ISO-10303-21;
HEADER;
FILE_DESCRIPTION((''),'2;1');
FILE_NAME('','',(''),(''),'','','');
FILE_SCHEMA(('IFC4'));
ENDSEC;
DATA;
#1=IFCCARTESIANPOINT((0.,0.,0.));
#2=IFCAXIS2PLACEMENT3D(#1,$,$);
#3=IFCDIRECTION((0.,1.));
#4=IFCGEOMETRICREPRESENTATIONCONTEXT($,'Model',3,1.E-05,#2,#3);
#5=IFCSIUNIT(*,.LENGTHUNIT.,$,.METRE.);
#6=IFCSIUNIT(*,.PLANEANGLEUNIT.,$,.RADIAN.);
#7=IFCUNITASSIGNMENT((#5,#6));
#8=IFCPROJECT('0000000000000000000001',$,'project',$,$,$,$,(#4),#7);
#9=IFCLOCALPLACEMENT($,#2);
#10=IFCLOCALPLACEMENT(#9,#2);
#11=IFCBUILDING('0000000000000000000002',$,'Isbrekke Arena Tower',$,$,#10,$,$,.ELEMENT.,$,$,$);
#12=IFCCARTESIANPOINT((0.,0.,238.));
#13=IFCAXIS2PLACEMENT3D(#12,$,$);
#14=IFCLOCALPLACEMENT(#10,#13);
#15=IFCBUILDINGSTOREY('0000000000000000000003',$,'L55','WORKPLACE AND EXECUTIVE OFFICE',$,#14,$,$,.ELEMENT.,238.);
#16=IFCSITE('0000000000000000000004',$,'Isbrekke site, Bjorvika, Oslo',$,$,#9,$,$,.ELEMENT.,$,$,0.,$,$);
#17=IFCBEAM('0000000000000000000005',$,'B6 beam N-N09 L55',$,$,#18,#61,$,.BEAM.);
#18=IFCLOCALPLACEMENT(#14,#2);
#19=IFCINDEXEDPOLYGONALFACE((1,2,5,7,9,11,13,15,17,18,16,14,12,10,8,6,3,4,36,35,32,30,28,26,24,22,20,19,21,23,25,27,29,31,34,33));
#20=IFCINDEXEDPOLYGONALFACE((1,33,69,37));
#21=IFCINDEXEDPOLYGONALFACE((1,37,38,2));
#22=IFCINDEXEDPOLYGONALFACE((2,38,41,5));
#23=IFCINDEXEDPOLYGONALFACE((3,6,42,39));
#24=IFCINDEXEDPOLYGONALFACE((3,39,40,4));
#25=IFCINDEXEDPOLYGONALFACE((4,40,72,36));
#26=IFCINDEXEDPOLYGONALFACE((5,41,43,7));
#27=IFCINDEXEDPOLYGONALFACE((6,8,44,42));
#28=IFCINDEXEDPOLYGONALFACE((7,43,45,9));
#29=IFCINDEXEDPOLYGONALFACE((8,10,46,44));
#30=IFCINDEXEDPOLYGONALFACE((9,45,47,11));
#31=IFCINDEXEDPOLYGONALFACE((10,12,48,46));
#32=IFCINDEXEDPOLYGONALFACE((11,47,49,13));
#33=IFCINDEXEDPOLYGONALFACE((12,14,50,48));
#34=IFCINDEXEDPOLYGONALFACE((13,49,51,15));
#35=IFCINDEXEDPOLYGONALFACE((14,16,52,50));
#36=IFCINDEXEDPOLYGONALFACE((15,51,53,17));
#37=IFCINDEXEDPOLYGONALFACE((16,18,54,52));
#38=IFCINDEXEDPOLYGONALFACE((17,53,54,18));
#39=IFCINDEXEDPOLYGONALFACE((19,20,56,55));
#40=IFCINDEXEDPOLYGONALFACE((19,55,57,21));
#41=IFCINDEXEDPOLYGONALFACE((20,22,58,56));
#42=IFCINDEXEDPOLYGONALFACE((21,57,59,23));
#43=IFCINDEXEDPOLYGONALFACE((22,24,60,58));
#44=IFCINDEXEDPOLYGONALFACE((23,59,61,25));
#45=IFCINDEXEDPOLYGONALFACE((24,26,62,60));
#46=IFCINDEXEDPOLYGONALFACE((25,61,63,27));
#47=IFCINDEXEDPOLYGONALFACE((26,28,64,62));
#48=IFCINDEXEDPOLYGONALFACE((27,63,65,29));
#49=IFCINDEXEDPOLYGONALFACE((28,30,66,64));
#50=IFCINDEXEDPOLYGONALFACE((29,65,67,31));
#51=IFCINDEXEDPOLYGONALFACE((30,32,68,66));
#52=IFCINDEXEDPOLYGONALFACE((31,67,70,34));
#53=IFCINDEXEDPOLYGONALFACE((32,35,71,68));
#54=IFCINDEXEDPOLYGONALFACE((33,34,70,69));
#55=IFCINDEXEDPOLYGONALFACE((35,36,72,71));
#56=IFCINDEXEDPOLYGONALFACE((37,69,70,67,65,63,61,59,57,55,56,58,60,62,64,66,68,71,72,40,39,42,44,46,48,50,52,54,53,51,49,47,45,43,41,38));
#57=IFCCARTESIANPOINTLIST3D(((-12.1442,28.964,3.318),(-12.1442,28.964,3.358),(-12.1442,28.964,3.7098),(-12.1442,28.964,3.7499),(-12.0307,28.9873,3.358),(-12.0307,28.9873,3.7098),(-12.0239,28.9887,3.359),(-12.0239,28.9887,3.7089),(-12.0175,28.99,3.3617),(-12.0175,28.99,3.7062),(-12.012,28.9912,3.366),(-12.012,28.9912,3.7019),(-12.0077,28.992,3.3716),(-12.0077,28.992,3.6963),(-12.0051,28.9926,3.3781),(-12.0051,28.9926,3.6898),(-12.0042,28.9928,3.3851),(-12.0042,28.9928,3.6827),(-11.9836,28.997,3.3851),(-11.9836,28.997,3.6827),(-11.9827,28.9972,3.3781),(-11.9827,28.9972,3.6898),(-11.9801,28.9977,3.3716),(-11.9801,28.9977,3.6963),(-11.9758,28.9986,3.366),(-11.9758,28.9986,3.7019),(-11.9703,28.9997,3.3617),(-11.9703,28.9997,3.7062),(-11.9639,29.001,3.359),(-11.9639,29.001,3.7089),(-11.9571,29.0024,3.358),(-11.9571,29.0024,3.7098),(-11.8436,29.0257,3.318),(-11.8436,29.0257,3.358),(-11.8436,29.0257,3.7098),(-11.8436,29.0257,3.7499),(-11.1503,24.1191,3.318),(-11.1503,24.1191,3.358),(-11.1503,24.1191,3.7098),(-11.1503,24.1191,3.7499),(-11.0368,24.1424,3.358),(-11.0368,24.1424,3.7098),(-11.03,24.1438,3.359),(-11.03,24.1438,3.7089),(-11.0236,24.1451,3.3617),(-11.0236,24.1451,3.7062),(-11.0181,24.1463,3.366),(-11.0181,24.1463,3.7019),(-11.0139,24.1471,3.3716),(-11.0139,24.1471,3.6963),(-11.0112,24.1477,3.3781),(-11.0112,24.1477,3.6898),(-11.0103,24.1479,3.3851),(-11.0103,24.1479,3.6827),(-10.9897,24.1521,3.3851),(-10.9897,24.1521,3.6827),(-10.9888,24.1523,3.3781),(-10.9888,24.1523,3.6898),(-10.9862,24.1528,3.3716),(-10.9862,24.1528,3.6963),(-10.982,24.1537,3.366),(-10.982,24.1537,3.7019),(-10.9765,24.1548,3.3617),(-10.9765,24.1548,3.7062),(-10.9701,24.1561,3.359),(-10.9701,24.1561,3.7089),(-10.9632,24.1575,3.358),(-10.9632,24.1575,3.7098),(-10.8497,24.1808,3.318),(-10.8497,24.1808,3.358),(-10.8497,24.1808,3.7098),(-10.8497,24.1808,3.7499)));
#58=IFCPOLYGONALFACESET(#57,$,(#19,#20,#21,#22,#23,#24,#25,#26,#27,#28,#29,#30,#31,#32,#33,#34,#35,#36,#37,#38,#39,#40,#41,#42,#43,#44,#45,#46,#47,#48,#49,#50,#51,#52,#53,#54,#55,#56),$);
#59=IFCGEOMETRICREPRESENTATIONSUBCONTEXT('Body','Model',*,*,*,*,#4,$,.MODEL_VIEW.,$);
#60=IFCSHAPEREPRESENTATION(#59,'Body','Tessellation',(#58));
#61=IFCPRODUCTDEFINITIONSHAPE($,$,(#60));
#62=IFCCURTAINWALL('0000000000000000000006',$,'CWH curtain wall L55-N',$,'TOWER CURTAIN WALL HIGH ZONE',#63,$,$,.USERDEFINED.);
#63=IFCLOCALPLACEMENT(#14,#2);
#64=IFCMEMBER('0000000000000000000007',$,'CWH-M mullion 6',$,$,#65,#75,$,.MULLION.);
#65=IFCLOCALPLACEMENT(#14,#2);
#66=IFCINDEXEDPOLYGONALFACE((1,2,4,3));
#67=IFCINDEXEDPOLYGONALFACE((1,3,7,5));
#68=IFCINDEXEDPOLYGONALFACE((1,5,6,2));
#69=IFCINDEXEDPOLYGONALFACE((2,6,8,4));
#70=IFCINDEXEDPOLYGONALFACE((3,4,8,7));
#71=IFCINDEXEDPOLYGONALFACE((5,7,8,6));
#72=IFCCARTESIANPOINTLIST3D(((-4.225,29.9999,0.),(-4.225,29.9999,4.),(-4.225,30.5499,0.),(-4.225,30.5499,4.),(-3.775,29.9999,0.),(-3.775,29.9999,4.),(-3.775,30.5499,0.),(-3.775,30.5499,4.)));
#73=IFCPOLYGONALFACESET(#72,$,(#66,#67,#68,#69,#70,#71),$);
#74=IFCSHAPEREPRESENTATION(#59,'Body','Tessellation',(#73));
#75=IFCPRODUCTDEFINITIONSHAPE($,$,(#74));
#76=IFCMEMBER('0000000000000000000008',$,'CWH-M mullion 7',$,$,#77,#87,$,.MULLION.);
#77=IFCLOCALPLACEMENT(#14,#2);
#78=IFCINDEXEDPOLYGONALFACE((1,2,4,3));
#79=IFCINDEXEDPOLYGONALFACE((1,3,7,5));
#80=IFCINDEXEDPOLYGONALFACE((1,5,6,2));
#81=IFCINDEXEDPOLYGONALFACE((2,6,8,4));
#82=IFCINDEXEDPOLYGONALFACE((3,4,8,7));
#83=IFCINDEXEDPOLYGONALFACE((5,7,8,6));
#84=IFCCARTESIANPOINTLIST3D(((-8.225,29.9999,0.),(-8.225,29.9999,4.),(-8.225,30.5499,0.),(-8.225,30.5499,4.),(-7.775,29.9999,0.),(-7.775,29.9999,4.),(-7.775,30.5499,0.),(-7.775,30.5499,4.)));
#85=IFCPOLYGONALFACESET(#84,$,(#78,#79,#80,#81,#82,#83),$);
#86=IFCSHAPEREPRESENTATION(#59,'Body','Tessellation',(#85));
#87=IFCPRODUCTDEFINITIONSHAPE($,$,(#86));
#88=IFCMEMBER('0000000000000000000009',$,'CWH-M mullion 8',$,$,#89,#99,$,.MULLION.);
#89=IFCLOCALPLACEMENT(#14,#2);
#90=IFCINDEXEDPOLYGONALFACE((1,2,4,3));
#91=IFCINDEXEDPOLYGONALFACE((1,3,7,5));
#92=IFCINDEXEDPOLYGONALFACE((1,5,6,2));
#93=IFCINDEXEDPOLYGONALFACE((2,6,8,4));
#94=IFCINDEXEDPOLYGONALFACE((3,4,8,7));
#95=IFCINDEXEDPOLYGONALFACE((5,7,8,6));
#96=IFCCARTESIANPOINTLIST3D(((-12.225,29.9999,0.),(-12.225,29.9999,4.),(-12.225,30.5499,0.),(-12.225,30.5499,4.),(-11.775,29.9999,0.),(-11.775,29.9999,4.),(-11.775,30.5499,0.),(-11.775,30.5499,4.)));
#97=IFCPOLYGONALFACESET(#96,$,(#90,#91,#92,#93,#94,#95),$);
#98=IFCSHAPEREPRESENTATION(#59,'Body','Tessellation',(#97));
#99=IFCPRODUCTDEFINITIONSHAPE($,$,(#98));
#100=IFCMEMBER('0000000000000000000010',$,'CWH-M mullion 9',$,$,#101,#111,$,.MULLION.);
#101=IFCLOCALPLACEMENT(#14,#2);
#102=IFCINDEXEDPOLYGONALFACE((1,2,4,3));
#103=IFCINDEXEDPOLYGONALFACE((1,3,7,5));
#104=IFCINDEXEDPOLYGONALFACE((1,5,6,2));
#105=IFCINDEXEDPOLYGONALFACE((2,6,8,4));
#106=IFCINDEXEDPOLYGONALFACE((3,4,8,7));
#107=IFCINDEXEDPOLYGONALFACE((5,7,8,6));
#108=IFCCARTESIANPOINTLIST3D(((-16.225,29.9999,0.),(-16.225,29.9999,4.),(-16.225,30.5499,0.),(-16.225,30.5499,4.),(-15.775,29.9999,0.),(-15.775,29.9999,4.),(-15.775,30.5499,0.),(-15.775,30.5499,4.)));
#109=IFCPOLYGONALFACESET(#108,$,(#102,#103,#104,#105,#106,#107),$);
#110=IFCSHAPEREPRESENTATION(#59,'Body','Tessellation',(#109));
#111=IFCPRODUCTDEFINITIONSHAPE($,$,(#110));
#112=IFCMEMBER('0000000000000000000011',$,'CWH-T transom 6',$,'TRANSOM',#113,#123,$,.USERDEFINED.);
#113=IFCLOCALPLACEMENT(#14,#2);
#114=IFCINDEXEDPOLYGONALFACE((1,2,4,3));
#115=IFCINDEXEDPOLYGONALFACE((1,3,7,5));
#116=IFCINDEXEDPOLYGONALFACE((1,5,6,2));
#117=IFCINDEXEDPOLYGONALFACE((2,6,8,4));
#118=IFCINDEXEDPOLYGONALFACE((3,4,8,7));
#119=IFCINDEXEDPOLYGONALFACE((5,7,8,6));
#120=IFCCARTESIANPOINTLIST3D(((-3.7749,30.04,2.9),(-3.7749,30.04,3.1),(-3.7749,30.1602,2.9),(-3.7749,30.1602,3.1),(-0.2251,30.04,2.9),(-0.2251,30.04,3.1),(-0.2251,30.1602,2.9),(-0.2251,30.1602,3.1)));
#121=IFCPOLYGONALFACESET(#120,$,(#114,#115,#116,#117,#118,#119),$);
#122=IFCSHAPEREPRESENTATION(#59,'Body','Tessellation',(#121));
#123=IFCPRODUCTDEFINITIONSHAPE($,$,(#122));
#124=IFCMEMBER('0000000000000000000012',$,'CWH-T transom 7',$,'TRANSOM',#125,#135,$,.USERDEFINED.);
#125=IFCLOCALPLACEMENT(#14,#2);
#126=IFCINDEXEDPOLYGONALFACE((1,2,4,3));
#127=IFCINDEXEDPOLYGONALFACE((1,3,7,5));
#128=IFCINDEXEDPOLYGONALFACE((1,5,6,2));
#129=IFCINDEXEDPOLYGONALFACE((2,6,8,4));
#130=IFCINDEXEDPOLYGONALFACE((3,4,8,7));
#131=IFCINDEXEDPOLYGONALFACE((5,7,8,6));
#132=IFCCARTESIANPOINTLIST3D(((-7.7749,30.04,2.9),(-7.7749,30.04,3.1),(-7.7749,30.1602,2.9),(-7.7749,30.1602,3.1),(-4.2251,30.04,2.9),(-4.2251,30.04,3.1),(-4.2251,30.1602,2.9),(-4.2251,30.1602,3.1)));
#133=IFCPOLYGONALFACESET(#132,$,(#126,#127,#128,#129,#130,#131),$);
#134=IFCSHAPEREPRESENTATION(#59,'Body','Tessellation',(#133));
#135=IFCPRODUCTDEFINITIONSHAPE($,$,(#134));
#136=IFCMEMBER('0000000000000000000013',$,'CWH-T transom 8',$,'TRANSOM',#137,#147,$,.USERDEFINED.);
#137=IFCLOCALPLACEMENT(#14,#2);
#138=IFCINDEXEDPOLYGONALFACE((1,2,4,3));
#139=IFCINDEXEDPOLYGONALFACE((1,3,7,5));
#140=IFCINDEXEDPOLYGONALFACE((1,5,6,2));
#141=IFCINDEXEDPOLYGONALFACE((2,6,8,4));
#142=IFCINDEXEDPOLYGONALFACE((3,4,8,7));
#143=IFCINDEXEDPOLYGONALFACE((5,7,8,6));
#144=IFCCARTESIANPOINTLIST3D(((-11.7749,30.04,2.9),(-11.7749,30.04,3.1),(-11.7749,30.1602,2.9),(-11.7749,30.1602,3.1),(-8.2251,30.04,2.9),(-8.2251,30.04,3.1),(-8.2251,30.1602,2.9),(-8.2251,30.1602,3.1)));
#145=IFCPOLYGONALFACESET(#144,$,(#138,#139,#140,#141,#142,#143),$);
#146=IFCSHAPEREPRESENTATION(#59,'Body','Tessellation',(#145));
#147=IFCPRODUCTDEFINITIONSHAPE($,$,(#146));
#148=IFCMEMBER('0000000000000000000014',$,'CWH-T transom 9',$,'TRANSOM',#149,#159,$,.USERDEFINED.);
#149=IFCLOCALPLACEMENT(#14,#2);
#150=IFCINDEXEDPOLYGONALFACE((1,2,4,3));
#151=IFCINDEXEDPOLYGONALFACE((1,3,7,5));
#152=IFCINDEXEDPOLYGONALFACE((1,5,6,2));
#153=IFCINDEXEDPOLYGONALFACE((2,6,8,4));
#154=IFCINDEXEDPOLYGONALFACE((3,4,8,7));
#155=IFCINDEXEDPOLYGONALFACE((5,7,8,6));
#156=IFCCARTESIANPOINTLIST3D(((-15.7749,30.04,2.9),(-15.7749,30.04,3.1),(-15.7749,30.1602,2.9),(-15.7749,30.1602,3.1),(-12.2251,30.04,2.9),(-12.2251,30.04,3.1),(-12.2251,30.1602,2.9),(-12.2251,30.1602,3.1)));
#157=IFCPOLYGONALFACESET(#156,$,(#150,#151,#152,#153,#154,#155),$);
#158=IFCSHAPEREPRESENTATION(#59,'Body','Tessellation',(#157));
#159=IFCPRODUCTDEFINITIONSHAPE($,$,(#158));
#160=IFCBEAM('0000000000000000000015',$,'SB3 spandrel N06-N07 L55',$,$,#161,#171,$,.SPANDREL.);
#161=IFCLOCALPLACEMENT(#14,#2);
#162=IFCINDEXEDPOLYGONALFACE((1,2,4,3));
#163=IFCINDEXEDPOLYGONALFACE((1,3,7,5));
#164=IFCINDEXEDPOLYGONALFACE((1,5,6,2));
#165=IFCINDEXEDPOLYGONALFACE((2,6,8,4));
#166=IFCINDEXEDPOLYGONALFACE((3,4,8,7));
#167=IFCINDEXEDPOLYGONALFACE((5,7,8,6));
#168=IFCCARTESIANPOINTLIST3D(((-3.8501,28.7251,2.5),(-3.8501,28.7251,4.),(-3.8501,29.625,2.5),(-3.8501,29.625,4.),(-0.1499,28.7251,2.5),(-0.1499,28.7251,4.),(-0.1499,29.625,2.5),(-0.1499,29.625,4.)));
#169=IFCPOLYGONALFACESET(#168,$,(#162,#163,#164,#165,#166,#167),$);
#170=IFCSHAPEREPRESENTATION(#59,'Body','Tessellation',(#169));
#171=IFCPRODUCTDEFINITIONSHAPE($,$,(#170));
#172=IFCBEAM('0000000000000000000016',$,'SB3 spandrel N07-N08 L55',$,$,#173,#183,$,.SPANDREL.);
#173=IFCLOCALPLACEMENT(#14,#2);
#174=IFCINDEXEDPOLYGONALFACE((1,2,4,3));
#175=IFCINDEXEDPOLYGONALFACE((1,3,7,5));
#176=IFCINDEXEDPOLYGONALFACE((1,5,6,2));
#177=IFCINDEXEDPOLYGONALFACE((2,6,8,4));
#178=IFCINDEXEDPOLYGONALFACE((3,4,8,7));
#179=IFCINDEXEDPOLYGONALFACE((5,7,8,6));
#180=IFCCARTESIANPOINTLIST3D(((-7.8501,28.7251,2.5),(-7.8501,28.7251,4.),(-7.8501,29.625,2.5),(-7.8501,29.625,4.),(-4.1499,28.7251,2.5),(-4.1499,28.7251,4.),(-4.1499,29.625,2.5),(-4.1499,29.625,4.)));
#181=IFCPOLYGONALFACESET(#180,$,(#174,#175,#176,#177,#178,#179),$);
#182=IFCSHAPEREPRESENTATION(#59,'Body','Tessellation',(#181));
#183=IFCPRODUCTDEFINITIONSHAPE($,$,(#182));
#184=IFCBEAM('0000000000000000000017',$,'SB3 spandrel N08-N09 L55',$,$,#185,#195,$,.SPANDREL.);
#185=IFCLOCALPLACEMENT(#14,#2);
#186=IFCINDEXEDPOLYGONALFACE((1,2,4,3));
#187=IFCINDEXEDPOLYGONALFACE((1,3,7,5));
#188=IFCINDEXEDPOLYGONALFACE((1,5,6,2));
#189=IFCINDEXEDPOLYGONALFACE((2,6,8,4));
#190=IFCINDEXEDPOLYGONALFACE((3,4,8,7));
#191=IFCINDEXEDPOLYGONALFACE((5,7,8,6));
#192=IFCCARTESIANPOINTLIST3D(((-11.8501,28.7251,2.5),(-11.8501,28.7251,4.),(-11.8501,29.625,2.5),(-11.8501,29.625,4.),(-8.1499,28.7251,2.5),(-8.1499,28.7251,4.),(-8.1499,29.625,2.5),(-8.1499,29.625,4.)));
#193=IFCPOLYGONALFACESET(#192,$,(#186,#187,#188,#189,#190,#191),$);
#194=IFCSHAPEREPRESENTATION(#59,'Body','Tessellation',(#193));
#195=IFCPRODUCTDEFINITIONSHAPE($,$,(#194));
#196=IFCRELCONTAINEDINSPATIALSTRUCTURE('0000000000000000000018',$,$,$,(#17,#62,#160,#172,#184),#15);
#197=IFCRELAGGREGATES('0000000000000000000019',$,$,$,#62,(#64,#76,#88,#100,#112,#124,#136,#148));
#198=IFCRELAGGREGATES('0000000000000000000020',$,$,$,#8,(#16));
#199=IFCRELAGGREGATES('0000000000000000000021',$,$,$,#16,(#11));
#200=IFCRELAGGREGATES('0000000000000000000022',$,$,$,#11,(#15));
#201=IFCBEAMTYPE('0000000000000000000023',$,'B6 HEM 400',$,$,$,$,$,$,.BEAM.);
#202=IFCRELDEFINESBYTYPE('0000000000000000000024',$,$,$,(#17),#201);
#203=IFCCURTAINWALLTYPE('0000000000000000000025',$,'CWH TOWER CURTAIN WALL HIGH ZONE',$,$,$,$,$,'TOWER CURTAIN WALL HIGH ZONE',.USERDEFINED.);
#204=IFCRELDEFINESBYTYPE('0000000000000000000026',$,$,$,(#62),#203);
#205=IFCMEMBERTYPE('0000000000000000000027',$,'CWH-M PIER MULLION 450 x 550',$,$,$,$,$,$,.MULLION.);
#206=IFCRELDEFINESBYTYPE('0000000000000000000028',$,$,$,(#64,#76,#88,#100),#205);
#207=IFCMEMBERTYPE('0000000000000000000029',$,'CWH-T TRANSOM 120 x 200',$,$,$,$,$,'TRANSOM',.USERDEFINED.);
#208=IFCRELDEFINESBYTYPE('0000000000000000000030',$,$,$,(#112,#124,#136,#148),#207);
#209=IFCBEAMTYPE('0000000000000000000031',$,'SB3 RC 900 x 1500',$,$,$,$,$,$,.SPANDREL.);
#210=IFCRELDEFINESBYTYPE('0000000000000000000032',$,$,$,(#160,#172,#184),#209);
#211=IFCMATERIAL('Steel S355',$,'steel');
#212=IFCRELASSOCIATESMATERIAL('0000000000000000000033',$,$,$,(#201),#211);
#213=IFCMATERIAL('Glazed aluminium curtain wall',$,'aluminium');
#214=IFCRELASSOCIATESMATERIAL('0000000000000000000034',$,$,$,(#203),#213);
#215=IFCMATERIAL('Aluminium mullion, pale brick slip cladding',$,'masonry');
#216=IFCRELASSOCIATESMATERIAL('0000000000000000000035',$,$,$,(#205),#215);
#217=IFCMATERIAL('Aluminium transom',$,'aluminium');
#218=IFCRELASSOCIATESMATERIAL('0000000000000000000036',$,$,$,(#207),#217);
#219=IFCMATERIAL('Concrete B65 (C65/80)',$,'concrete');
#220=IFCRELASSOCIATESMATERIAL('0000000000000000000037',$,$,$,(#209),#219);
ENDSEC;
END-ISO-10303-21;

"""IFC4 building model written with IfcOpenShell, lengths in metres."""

from ifc_helpers import new_model, si_unit, direction, frame, origin, origin_2d, place, context, subcontext, project, spatial, rectangle, i_section, extrude, material, material_profile, profile_set, type_object, element, aggregate, save


model = new_model("IFC4")

# Units and contexts
model_context = context("Model", 3, precision=1e-05, world=origin(), true_north=direction((0.0, 1.0)))
body_context = subcontext(model_context, "Body", "Model", "MODEL_VIEW")
ifc_project = project(units=[si_unit("LENGTHUNIT", "METRE"), si_unit("PLANEANGLEUNIT", "RADIAN")], contexts=[model_context])

# Site, building, storey
site_placement = place(None, origin())
site = spatial("IfcSite", under=ifc_project, at=site_placement, Name="Isbrekke site, Bjorvika, Oslo", CompositionType="ELEMENT", RefElevation=0.0)
building_placement = place(site_placement, origin())
building = spatial("IfcBuilding", under=site, at=building_placement, Name="Isbrekke Arena Tower", CompositionType="ELEMENT")
storey_placement = place(building_placement, frame((0.0, 0.0, 238.0)))
storey = spatial("IfcBuildingStorey", under=building, at=storey_placement, Name="L55", Description="WORKPLACE AND EXECUTIVE OFFICE", CompositionType="ELEMENT", Elevation=238.0)

# Beam
ifc_material_1 = material(Name="Steel S355", Category="steel")
ifc_material_profile_1 = material_profile(ifc_material_1, i_section(OverallWidth=0.3069, OverallDepth=0.4319, WebThickness=0.021, FlangeThickness=0.04, FilletRadius=0.0271, at=origin_2d()), Name="HEM 400")
ifc_profile_set_1 = profile_set([ifc_material_profile_1], Name="Steel S355")
beam_type_1 = type_object("IfcBeamType", Name="B6 HEM 400", PredefinedType="BEAM", material=ifc_profile_set_1)
beam_1_placement = place(storey_placement, frame((-11.9939, 28.9949, 3.5339), z_axis=(0.200955, -0.9796, 0.0), x_axis=(0.9796, 0.200955, 0.0)))
element("IfcBeam", 1, at=beam_1_placement, inside=storey, type_object=beam_type_1, Name="B6 beam N-N09 L55", PredefinedType="BEAM", context=body_context, shape_type="SweptSolid", body=[
    extrude(i_section(OverallWidth=0.3069, OverallDepth=0.4319, WebThickness=0.021, FlangeThickness=0.04, FilletRadius=0.0271, at=origin_2d()), origin(), (0.0, 0.0, 1.0), 4.9458),
])

# Curtain wall, members
ifc_material_2 = material(Name="Glazed aluminium curtain wall", Category="aluminium")
curtain_wall_type = type_object("IfcCurtainWallType", Name="CWH TOWER CURTAIN WALL HIGH ZONE", ElementType="TOWER CURTAIN WALL HIGH ZONE", PredefinedType="USERDEFINED", material=ifc_material_2)
curtain_wall_placement = place(storey_placement, origin())
curtain_wall = element("IfcCurtainWall", 2, at=curtain_wall_placement, inside=storey, type_object=curtain_wall_type, Name="CWH curtain wall L55-N", ObjectType="TOWER CURTAIN WALL HIGH ZONE", PredefinedType="USERDEFINED")
ifc_material_3 = material(Name="Aluminium mullion, pale brick slip cladding", Category="masonry")
ifc_material_profile_2 = material_profile(ifc_material_3, rectangle(XDim=0.45, YDim=0.55, at=origin_2d()), Name="PIER 450X550")
ifc_profile_set_2 = profile_set([ifc_material_profile_2], Name="Aluminium mullion, pale brick slip cladding")
member_type_1 = type_object("IfcMemberType", Name="CWH-M PIER MULLION 450 x 550", PredefinedType="MULLION", material=ifc_profile_set_2)
member_1_placement = place(storey_placement, frame((-4.0, 30.2749, 0.0), z_axis=(0.0, 0.0, 1.0), x_axis=(-1.0, 0.0, 0.0)))
member_1 = element("IfcMember", 3, at=member_1_placement, type_object=member_type_1, Name="CWH-M mullion 6", PredefinedType="MULLION", context=body_context, shape_type="SweptSolid", body=[
    extrude(rectangle(XDim=0.45, YDim=0.55, at=origin_2d()), origin(), (0.0, 0.0, 1.0), 4.0),
])
member_2_placement = place(storey_placement, frame((-8.0, 30.2749, 0.0), z_axis=(0.0, 0.0, 1.0), x_axis=(-1.0, 0.0, 0.0)))
member_2 = element("IfcMember", 4, at=member_2_placement, type_object=member_type_1, Name="CWH-M mullion 7", PredefinedType="MULLION", context=body_context, shape_type="SweptSolid", body=[
    extrude(rectangle(XDim=0.45, YDim=0.55, at=origin_2d()), origin(), (0.0, 0.0, 1.0), 4.0),
])
member_3_placement = place(storey_placement, frame((-12.0, 30.2749, 0.0), z_axis=(0.0, 0.0, 1.0), x_axis=(-1.0, 0.0, 0.0)))
member_3 = element("IfcMember", 5, at=member_3_placement, type_object=member_type_1, Name="CWH-M mullion 8", PredefinedType="MULLION", context=body_context, shape_type="SweptSolid", body=[
    extrude(rectangle(XDim=0.45, YDim=0.55, at=origin_2d()), origin(), (0.0, 0.0, 1.0), 4.0),
])
member_4_placement = place(storey_placement, frame((-16.0, 30.2749, 0.0), z_axis=(0.0, 0.0, 1.0), x_axis=(-1.0, 0.0, 0.0)))
member_4 = element("IfcMember", 6, at=member_4_placement, type_object=member_type_1, Name="CWH-M mullion 9", PredefinedType="MULLION", context=body_context, shape_type="SweptSolid", body=[
    extrude(rectangle(XDim=0.45, YDim=0.55, at=origin_2d()), origin(), (0.0, 0.0, 1.0), 4.0),
])
ifc_material_4 = material(Name="Aluminium transom", Category="aluminium")
ifc_material_profile_3 = material_profile(ifc_material_4, rectangle(XDim=0.1201, YDim=0.2, at=origin_2d()), Name="TRANSOM 120X200")
ifc_profile_set_3 = profile_set([ifc_material_profile_3], Name="Aluminium transom")
member_type_2 = type_object("IfcMemberType", Name="CWH-T TRANSOM 120 x 200", ElementType="TRANSOM", PredefinedType="USERDEFINED", material=ifc_profile_set_3)
member_5_placement = place(storey_placement, frame((-0.2251, 30.1001, 3.0), z_axis=(-1.0, 0.0, 0.0), x_axis=(0.0, -1.0, 0.0)))
member_5 = element("IfcMember", 7, at=member_5_placement, type_object=member_type_2, Name="CWH-T transom 6", ObjectType="TRANSOM", PredefinedType="USERDEFINED", context=body_context, shape_type="SweptSolid", body=[
    extrude(rectangle(XDim=0.1201, YDim=0.2, at=origin_2d()), origin(), (0.0, 0.0, 1.0), 3.5498),
])
member_6_placement = place(storey_placement, frame((-4.2251, 30.1001, 3.0), z_axis=(-1.0, 0.0, 0.0), x_axis=(0.0, -1.0, 0.0)))
member_6 = element("IfcMember", 8, at=member_6_placement, type_object=member_type_2, Name="CWH-T transom 7", ObjectType="TRANSOM", PredefinedType="USERDEFINED", context=body_context, shape_type="SweptSolid", body=[
    extrude(rectangle(XDim=0.1201, YDim=0.2, at=origin_2d()), origin(), (0.0, 0.0, 1.0), 3.5498),
])
member_7_placement = place(storey_placement, frame((-8.2251, 30.1001, 3.0), z_axis=(-1.0, 0.0, 0.0), x_axis=(0.0, -1.0, 0.0)))
member_7 = element("IfcMember", 9, at=member_7_placement, type_object=member_type_2, Name="CWH-T transom 8", ObjectType="TRANSOM", PredefinedType="USERDEFINED", context=body_context, shape_type="SweptSolid", body=[
    extrude(rectangle(XDim=0.1201, YDim=0.2, at=origin_2d()), origin(), (0.0, 0.0, 1.0), 3.5498),
])
member_8_placement = place(storey_placement, frame((-12.2251, 30.1001, 3.0), z_axis=(-1.0, 0.0, 0.0), x_axis=(0.0, -1.0, 0.0)))
member_8 = element("IfcMember", 10, at=member_8_placement, type_object=member_type_2, Name="CWH-T transom 9", ObjectType="TRANSOM", PredefinedType="USERDEFINED", context=body_context, shape_type="SweptSolid", body=[
    extrude(rectangle(XDim=0.1201, YDim=0.2, at=origin_2d()), origin(), (0.0, 0.0, 1.0), 3.5498),
])

# Beams
ifc_material_5 = material(Name="Concrete B65 (C65/80)", Category="concrete")
ifc_material_profile_4 = material_profile(ifc_material_5, rectangle(XDim=0.8999, YDim=1.5, at=origin_2d()), Name="RC 900x1500")
ifc_profile_set_4 = profile_set([ifc_material_profile_4], Name="Concrete B65 (C65/80)")
beam_type_2 = type_object("IfcBeamType", Name="SB3 RC 900 x 1500", PredefinedType="SPANDREL", material=ifc_profile_set_4)
for number, where, z_axis, x_axis, name in (
    (11, (-0.1499, 29.175, 3.25), (-1.0, 0.0, 0.0), (0.0, -1.0, 0.0), "SB3 spandrel N06-N07 L55"),
    (12, (-4.1499, 29.175, 3.25), (-1.0, 0.0, 0.0), (0.0, -1.0, 0.0), "SB3 spandrel N07-N08 L55"),
    (13, (-8.1499, 29.175, 3.25), (-1.0, 0.0, 0.0), (0.0, -1.0, 0.0), "SB3 spandrel N08-N09 L55"),
):
    element("IfcBeam", number, at=place(storey_placement, frame(where, z_axis=z_axis, x_axis=x_axis)), inside=storey, type_object=beam_type_2, Name=name, PredefinedType="SPANDREL", context=body_context, shape_type="SweptSolid", body=[
        extrude(rectangle(XDim=0.8999, YDim=1.5, at=origin_2d()), origin(), (0.0, 0.0, 1.0), 3.7002),
    ])

aggregate(curtain_wall, [member_1, member_2, member_3, member_4, member_5, member_6, member_7, member_8])

save(model, "model.ifc")
